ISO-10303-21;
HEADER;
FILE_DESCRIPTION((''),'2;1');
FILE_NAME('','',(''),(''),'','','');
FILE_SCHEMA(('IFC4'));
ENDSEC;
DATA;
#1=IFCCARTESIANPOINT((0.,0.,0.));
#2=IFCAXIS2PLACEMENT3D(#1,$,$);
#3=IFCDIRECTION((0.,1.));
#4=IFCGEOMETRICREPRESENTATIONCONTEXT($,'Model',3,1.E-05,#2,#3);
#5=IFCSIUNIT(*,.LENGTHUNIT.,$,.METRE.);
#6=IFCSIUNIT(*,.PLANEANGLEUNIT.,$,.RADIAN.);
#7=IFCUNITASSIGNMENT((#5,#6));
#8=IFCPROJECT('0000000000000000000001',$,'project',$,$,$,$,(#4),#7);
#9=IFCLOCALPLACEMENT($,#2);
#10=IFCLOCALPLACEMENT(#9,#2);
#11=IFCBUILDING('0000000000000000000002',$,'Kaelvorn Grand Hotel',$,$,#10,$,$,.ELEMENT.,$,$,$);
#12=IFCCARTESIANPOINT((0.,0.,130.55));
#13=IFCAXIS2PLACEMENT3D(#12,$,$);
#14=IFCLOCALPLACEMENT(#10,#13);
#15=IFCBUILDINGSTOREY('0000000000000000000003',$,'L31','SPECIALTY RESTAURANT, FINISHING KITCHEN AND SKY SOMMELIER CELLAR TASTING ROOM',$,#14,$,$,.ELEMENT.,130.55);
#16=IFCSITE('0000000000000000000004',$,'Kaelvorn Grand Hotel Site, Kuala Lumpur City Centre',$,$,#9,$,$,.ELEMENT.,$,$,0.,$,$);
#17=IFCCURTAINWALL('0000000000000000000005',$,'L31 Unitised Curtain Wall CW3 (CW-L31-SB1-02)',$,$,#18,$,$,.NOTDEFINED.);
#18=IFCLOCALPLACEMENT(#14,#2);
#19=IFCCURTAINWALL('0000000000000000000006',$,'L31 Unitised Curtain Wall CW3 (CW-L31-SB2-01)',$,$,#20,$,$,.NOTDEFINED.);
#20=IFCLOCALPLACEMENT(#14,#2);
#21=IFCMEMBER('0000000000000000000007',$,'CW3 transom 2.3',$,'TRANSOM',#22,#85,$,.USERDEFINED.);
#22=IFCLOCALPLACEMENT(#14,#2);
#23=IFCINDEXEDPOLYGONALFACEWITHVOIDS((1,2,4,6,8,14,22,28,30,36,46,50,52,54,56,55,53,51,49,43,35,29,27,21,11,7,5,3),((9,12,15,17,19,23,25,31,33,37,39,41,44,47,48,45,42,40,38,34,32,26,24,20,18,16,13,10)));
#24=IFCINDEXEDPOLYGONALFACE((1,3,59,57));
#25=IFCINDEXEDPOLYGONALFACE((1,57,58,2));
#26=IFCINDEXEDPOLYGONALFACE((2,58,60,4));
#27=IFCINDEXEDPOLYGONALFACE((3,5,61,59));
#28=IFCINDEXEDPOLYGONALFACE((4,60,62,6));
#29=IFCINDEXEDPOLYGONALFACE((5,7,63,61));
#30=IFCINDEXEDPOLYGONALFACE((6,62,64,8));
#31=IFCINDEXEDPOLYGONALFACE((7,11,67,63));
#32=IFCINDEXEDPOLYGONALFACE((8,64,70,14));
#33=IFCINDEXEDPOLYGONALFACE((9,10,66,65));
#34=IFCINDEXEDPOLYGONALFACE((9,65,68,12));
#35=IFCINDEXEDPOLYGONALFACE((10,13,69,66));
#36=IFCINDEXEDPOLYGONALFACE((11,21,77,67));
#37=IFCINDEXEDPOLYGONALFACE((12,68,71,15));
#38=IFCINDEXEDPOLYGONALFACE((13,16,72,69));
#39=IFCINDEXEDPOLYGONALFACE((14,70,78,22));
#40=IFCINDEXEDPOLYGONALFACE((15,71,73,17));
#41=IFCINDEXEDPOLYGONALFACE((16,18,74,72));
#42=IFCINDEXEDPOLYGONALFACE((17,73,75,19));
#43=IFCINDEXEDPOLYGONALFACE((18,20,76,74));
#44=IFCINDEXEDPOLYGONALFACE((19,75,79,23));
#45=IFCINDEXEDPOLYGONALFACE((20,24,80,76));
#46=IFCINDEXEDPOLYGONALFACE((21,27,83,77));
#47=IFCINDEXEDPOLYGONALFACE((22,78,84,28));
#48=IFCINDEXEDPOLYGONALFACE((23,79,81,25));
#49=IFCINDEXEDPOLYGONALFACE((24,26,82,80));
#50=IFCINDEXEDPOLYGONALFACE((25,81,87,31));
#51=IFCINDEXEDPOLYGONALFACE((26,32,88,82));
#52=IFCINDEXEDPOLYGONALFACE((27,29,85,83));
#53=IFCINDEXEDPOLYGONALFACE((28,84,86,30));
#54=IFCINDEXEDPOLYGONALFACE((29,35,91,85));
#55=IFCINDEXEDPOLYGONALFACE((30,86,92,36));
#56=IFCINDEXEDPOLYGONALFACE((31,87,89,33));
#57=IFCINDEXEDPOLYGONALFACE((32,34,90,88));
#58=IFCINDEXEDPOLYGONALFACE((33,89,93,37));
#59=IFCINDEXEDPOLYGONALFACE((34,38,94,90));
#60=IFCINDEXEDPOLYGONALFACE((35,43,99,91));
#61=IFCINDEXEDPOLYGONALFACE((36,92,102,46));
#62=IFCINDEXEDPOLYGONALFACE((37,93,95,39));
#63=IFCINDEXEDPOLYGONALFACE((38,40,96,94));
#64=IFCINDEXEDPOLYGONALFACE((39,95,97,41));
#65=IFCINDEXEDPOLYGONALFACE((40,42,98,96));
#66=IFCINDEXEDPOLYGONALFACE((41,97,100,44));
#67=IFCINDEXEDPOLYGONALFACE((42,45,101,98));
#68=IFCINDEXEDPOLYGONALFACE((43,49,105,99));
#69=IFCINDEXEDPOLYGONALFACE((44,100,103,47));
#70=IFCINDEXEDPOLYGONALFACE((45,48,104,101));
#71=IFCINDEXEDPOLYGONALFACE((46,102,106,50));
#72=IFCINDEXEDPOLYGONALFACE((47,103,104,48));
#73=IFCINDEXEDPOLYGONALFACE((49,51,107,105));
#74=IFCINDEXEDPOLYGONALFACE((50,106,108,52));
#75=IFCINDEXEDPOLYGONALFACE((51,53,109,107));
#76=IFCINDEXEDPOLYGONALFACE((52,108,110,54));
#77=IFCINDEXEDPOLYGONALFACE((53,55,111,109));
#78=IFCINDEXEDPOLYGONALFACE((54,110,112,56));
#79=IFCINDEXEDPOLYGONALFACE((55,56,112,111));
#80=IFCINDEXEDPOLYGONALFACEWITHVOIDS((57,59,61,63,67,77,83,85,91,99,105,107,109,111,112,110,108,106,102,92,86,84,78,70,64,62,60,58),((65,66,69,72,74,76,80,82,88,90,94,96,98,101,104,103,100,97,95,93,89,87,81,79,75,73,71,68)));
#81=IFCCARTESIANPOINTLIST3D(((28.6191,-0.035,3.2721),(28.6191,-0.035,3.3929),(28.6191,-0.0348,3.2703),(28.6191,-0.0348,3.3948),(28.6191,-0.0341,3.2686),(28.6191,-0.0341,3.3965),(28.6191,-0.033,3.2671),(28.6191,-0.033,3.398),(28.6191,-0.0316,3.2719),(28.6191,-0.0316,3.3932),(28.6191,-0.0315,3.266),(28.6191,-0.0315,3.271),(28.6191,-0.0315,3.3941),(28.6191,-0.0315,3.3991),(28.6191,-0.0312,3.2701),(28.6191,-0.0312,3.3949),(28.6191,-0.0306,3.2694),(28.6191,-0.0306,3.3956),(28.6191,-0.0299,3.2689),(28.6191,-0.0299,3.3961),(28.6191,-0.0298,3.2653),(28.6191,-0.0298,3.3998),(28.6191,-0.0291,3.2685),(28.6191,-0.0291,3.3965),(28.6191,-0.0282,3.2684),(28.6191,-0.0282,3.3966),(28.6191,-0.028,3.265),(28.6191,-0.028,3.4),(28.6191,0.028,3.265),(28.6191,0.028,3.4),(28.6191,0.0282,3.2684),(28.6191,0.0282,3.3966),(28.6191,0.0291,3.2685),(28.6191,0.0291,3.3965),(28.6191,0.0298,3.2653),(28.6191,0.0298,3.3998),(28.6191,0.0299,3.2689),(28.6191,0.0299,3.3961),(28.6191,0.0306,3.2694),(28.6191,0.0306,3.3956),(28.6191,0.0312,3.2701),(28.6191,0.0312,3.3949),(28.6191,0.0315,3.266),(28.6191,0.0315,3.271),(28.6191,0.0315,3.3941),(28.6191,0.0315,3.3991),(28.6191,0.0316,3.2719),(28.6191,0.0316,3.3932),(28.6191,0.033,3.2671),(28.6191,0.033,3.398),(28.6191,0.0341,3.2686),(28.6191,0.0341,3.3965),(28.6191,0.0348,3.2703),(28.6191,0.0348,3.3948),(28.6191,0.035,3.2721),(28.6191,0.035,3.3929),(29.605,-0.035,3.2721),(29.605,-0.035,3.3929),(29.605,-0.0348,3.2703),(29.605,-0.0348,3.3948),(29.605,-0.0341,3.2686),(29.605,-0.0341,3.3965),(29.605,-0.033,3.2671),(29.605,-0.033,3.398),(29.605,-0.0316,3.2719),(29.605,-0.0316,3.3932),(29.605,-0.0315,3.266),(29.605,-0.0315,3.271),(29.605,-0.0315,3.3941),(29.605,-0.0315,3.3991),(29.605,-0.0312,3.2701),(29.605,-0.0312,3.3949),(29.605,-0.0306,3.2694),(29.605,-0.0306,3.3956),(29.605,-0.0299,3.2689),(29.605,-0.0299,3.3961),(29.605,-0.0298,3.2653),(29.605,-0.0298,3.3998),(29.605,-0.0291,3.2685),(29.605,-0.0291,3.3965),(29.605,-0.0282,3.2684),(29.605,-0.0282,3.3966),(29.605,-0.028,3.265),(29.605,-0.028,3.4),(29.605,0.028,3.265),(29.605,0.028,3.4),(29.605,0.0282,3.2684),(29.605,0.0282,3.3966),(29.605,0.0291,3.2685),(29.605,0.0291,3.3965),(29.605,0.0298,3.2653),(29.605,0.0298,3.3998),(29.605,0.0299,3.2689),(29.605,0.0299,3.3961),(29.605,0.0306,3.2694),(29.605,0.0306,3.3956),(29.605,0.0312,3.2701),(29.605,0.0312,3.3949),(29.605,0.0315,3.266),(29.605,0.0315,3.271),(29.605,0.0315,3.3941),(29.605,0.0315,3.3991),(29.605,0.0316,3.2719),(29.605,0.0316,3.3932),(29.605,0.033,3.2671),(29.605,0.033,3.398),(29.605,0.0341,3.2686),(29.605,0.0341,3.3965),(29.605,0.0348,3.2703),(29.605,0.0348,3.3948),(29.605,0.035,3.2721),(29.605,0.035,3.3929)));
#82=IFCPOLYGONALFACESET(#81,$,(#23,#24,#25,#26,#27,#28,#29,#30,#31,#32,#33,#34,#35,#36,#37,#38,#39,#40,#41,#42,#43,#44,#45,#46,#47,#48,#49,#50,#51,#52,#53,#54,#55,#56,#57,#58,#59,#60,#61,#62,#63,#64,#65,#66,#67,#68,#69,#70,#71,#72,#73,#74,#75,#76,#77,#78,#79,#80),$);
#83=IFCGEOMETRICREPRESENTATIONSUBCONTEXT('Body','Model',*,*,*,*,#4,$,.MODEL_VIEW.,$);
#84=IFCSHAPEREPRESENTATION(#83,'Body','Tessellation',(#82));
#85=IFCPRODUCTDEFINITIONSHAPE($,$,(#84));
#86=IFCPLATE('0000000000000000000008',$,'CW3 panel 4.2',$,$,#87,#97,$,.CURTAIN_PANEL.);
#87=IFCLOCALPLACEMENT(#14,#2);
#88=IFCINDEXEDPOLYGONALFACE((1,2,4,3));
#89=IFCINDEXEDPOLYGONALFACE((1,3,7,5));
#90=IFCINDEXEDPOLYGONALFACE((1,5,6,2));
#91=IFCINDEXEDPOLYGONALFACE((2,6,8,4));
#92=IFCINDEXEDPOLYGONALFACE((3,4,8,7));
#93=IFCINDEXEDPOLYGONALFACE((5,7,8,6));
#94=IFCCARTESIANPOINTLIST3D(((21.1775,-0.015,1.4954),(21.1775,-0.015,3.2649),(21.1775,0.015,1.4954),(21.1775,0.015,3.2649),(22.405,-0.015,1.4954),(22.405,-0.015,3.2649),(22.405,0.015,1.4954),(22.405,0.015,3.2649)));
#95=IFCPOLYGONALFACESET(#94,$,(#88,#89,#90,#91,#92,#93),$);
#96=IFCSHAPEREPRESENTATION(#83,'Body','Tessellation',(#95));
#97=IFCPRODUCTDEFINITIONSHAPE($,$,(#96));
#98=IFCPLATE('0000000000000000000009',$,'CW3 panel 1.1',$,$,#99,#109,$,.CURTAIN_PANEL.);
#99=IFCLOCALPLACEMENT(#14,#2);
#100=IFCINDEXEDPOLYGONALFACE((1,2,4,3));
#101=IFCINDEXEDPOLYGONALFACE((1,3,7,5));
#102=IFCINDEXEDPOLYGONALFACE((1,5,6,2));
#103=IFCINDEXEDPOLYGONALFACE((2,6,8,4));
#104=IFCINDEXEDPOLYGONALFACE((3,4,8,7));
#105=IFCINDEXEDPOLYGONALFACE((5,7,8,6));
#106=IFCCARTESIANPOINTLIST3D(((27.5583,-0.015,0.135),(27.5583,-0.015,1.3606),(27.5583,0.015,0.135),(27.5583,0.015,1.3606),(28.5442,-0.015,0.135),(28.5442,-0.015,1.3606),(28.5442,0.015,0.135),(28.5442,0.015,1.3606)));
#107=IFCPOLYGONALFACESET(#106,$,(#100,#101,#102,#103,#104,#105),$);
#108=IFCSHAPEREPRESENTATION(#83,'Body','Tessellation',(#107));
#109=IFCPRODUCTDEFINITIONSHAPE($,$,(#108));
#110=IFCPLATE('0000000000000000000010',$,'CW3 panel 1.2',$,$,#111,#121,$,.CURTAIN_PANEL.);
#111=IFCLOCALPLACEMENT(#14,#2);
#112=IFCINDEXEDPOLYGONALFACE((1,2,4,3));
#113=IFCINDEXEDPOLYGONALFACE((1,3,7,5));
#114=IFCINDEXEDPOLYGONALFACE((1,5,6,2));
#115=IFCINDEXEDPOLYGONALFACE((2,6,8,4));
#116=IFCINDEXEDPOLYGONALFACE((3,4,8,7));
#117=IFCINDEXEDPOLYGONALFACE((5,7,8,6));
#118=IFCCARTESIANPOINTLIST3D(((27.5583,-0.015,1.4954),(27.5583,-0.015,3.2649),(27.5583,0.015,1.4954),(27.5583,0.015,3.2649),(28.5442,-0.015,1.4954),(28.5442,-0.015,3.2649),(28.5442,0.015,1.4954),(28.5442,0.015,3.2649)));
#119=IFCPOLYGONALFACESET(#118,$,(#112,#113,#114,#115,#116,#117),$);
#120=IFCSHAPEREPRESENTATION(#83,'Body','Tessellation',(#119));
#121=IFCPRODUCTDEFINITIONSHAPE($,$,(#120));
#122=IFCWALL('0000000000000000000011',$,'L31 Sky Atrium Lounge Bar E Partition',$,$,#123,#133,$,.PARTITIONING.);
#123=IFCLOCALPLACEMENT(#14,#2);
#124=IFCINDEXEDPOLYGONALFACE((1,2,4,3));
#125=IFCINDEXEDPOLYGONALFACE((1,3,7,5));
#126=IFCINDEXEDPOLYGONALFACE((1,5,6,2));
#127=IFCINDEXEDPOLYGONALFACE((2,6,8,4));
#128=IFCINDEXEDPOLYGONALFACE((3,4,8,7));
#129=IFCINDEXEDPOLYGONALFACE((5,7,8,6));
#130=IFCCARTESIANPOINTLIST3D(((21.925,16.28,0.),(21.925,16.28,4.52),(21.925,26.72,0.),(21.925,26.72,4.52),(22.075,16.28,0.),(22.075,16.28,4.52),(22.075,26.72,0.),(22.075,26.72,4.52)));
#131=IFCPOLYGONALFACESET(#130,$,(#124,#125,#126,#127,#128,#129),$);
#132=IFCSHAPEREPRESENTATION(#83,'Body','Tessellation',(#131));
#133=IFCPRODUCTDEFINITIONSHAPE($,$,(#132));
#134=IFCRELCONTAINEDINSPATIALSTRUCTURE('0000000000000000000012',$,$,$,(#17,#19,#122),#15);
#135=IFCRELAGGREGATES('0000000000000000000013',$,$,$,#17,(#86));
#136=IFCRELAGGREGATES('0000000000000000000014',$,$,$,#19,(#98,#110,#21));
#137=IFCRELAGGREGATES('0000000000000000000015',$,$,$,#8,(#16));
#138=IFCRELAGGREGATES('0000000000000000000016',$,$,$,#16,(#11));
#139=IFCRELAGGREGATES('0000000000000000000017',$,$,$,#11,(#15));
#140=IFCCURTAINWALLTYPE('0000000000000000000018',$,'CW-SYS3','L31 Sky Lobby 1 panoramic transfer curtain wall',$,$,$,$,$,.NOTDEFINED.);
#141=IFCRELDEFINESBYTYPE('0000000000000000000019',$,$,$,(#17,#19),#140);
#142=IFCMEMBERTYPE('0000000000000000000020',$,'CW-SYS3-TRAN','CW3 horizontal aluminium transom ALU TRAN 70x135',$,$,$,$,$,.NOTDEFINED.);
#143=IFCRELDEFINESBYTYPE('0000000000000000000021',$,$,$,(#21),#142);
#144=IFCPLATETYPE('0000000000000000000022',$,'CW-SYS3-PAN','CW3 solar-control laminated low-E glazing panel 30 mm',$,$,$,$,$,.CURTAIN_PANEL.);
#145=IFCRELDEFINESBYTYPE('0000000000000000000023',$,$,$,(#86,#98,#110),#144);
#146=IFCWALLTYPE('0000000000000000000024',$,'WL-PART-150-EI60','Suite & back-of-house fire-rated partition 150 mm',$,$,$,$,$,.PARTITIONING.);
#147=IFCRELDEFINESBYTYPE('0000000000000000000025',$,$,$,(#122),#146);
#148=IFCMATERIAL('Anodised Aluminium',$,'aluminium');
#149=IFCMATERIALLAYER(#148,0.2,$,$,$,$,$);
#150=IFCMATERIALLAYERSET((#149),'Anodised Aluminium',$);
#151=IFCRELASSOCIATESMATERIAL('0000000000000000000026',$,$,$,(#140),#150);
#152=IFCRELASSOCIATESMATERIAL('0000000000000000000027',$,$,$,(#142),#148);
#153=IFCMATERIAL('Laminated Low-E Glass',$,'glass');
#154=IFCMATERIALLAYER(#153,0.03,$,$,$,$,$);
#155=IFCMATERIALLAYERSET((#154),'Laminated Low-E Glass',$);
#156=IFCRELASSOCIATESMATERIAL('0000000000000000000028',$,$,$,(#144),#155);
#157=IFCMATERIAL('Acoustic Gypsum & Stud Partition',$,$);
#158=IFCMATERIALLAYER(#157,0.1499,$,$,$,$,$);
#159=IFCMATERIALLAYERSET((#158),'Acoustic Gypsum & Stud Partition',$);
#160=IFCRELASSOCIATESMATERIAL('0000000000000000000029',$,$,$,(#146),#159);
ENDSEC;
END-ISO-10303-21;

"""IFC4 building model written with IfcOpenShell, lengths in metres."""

from ifc_helpers import new_model, si_unit, direction, frame, frame_2d, origin, origin_2d, place, context, subcontext, project, spatial, rectangle, hollow_rectangle, extrude, material, layer, layer_set, material_profile, profile_set, type_object, element, aggregate, save


model = new_model("IFC4")

# Units and contexts
model_context = context("Model", 3, precision=1e-05, world=origin(), true_north=direction((0.0, 1.0)))
body_context = subcontext(model_context, "Body", "Model", "MODEL_VIEW")
ifc_project = project(units=[si_unit("LENGTHUNIT", "METRE"), si_unit("PLANEANGLEUNIT", "RADIAN")], contexts=[model_context])

# Site, building, storey
site_placement = place(None, origin())
site = spatial("IfcSite", under=ifc_project, at=site_placement, Name="Kaelvorn Grand Hotel Site, Kuala Lumpur City Centre", CompositionType="ELEMENT", RefElevation=0.0)
building_placement = place(site_placement, origin())
building = spatial("IfcBuilding", under=site, at=building_placement, Name="Kaelvorn Grand Hotel", CompositionType="ELEMENT")
storey_placement = place(building_placement, frame((0.0, 0.0, 130.55)))
storey = spatial("IfcBuildingStorey", under=building, at=storey_placement, Name="L31", Description="SPECIALTY RESTAURANT, FINISHING KITCHEN AND SKY SOMMELIER CELLAR TASTING ROOM", CompositionType="ELEMENT", Elevation=130.55)

# Curtain wall
ifc_material_1 = material(Name="Anodised Aluminium", Category="aluminium")
ifc_layer_1 = layer(ifc_material_1, 0.2)
ifc_layer_set_1 = layer_set([ifc_layer_1], Name="Anodised Aluminium")
curtain_wall_type = type_object("IfcCurtainWallType", Name="CW-SYS3", Description="L31 Sky Lobby 1 panoramic transfer curtain wall", PredefinedType="NOTDEFINED", material=ifc_layer_set_1)
curtain_wall_1_placement = place(storey_placement, origin())
curtain_wall_1 = element("IfcCurtainWall", 1, at=curtain_wall_1_placement, inside=storey, type_object=curtain_wall_type, Name="L31 Unitised Curtain Wall CW3 (CW-L31-SB1-02)", PredefinedType="NOTDEFINED")

# Curtain wall, member
curtain_wall_2_placement = place(storey_placement, origin())
curtain_wall_2 = element("IfcCurtainWall", 2, at=curtain_wall_2_placement, inside=storey, type_object=curtain_wall_type, Name="L31 Unitised Curtain Wall CW3 (CW-L31-SB2-01)", PredefinedType="NOTDEFINED")
ifc_material_profile_1 = material_profile(ifc_material_1, hollow_rectangle(XDim=0.0701, YDim=0.135, WallThickness=0.0034, InnerFilletRadius=0.0034, OuterFilletRadius=0.0071, at=origin_2d()), Name="ALU TRAN 70x135")
ifc_profile_set_1 = profile_set([ifc_material_profile_1], Name="Anodised Aluminium")
member_type_1 = type_object("IfcMemberType", Name="CW-SYS3-TRAN", Description="CW3 horizontal aluminium transom ALU TRAN 70x135", PredefinedType="NOTDEFINED", material=ifc_profile_set_1)
member_1_placement = place(storey_placement, frame((28.6191, 0.0, 3.3325), z_axis=(1.0, 0.0, 0.0), x_axis=(0.0, 1.0, 0.0)))
member_1 = element("IfcMember", 3, at=member_1_placement, type_object=member_type_1, Name="CW3 transom 2.3", ObjectType="TRANSOM", PredefinedType="USERDEFINED", context=body_context, shape_type="SweptSolid", body=[
    extrude(hollow_rectangle(XDim=0.0701, YDim=0.135, WallThickness=0.0034, InnerFilletRadius=0.0034, OuterFilletRadius=0.0071, at=origin_2d()), origin(), (0.0, 0.0, 1.0), 0.9858),
])

# Plates
ifc_material_2 = material(Name="Laminated Low-E Glass", Category="glass")
ifc_layer_2 = layer(ifc_material_2, 0.03)
ifc_layer_set_2 = layer_set([ifc_layer_2], Name="Laminated Low-E Glass")
plate_type = type_object("IfcPlateType", Name="CW-SYS3-PAN", Description="CW3 solar-control laminated low-E glazing panel 30 mm", PredefinedType="CURTAIN_PANEL", material=ifc_layer_set_2)
plate_1_placement = place(storey_placement, frame((21.7913, 0.0, 1.4954), z_axis=(0.0, 0.0, 1.0), x_axis=(1.0, 0.0, 0.0)))
plate_1 = element("IfcPlate", 4, at=plate_1_placement, type_object=plate_type, Name="CW3 panel 4.2", PredefinedType="CURTAIN_PANEL", context=body_context, shape_type="SweptSolid", body=[
    extrude(rectangle(XDim=1.2275, YDim=0.03, at=origin_2d()), origin(), (0.0, 0.0, 1.0), 1.7695),
])
aggregate(curtain_wall_1, [plate_1])
plate_2_placement = place(storey_placement, frame((28.0513, 0.0, 0.135), z_axis=(0.0, 0.0, 1.0), x_axis=(1.0, 0.0, 0.0)))
plate_2 = element("IfcPlate", 5, at=plate_2_placement, type_object=plate_type, Name="CW3 panel 1.1", PredefinedType="CURTAIN_PANEL", context=body_context, shape_type="SweptSolid", body=[
    extrude(rectangle(XDim=0.9858, YDim=0.03, at=origin_2d()), origin(), (0.0, 0.0, 1.0), 1.2256),
])
plate_3_placement = place(storey_placement, frame((28.0513, 0.0, 1.4954), z_axis=(0.0, 0.0, 1.0), x_axis=(1.0, 0.0, 0.0)))
plate_3 = element("IfcPlate", 6, at=plate_3_placement, type_object=plate_type, Name="CW3 panel 1.2", PredefinedType="CURTAIN_PANEL", context=body_context, shape_type="SweptSolid", body=[
    extrude(rectangle(XDim=0.9858, YDim=0.03, at=origin_2d()), origin(), (0.0, 0.0, 1.0), 1.7695),
])
aggregate(curtain_wall_2, [plate_2, plate_3, member_1])

# Wall
ifc_material_3 = material(Name="Acoustic Gypsum & Stud Partition")
ifc_layer_3 = layer(ifc_material_3, 0.1499)
ifc_layer_set_3 = layer_set([ifc_layer_3], Name="Acoustic Gypsum & Stud Partition")
wall_type_1 = type_object("IfcWallType", Name="WL-PART-150-EI60", Description="Suite & back-of-house fire-rated partition 150 mm", PredefinedType="PARTITIONING", material=ifc_layer_set_3)
wall_1_placement = place(storey_placement, frame((22.0, 16.28, 0.0), z_axis=(0.0, 0.0, 1.0), x_axis=(0.0, 1.0, 0.0)))
element("IfcWall", 7, at=wall_1_placement, inside=storey, type_object=wall_type_1, Name="L31 Sky Atrium Lounge Bar E Partition", PredefinedType="PARTITIONING", context=body_context, shape_type="SweptSolid", body=[
    extrude(rectangle(XDim=10.4399, YDim=0.1499, at=frame_2d((5.22, 0.0))), origin(), (0.0, 0.0, 1.0), 4.52),
])

save(model, "model.ifc")
